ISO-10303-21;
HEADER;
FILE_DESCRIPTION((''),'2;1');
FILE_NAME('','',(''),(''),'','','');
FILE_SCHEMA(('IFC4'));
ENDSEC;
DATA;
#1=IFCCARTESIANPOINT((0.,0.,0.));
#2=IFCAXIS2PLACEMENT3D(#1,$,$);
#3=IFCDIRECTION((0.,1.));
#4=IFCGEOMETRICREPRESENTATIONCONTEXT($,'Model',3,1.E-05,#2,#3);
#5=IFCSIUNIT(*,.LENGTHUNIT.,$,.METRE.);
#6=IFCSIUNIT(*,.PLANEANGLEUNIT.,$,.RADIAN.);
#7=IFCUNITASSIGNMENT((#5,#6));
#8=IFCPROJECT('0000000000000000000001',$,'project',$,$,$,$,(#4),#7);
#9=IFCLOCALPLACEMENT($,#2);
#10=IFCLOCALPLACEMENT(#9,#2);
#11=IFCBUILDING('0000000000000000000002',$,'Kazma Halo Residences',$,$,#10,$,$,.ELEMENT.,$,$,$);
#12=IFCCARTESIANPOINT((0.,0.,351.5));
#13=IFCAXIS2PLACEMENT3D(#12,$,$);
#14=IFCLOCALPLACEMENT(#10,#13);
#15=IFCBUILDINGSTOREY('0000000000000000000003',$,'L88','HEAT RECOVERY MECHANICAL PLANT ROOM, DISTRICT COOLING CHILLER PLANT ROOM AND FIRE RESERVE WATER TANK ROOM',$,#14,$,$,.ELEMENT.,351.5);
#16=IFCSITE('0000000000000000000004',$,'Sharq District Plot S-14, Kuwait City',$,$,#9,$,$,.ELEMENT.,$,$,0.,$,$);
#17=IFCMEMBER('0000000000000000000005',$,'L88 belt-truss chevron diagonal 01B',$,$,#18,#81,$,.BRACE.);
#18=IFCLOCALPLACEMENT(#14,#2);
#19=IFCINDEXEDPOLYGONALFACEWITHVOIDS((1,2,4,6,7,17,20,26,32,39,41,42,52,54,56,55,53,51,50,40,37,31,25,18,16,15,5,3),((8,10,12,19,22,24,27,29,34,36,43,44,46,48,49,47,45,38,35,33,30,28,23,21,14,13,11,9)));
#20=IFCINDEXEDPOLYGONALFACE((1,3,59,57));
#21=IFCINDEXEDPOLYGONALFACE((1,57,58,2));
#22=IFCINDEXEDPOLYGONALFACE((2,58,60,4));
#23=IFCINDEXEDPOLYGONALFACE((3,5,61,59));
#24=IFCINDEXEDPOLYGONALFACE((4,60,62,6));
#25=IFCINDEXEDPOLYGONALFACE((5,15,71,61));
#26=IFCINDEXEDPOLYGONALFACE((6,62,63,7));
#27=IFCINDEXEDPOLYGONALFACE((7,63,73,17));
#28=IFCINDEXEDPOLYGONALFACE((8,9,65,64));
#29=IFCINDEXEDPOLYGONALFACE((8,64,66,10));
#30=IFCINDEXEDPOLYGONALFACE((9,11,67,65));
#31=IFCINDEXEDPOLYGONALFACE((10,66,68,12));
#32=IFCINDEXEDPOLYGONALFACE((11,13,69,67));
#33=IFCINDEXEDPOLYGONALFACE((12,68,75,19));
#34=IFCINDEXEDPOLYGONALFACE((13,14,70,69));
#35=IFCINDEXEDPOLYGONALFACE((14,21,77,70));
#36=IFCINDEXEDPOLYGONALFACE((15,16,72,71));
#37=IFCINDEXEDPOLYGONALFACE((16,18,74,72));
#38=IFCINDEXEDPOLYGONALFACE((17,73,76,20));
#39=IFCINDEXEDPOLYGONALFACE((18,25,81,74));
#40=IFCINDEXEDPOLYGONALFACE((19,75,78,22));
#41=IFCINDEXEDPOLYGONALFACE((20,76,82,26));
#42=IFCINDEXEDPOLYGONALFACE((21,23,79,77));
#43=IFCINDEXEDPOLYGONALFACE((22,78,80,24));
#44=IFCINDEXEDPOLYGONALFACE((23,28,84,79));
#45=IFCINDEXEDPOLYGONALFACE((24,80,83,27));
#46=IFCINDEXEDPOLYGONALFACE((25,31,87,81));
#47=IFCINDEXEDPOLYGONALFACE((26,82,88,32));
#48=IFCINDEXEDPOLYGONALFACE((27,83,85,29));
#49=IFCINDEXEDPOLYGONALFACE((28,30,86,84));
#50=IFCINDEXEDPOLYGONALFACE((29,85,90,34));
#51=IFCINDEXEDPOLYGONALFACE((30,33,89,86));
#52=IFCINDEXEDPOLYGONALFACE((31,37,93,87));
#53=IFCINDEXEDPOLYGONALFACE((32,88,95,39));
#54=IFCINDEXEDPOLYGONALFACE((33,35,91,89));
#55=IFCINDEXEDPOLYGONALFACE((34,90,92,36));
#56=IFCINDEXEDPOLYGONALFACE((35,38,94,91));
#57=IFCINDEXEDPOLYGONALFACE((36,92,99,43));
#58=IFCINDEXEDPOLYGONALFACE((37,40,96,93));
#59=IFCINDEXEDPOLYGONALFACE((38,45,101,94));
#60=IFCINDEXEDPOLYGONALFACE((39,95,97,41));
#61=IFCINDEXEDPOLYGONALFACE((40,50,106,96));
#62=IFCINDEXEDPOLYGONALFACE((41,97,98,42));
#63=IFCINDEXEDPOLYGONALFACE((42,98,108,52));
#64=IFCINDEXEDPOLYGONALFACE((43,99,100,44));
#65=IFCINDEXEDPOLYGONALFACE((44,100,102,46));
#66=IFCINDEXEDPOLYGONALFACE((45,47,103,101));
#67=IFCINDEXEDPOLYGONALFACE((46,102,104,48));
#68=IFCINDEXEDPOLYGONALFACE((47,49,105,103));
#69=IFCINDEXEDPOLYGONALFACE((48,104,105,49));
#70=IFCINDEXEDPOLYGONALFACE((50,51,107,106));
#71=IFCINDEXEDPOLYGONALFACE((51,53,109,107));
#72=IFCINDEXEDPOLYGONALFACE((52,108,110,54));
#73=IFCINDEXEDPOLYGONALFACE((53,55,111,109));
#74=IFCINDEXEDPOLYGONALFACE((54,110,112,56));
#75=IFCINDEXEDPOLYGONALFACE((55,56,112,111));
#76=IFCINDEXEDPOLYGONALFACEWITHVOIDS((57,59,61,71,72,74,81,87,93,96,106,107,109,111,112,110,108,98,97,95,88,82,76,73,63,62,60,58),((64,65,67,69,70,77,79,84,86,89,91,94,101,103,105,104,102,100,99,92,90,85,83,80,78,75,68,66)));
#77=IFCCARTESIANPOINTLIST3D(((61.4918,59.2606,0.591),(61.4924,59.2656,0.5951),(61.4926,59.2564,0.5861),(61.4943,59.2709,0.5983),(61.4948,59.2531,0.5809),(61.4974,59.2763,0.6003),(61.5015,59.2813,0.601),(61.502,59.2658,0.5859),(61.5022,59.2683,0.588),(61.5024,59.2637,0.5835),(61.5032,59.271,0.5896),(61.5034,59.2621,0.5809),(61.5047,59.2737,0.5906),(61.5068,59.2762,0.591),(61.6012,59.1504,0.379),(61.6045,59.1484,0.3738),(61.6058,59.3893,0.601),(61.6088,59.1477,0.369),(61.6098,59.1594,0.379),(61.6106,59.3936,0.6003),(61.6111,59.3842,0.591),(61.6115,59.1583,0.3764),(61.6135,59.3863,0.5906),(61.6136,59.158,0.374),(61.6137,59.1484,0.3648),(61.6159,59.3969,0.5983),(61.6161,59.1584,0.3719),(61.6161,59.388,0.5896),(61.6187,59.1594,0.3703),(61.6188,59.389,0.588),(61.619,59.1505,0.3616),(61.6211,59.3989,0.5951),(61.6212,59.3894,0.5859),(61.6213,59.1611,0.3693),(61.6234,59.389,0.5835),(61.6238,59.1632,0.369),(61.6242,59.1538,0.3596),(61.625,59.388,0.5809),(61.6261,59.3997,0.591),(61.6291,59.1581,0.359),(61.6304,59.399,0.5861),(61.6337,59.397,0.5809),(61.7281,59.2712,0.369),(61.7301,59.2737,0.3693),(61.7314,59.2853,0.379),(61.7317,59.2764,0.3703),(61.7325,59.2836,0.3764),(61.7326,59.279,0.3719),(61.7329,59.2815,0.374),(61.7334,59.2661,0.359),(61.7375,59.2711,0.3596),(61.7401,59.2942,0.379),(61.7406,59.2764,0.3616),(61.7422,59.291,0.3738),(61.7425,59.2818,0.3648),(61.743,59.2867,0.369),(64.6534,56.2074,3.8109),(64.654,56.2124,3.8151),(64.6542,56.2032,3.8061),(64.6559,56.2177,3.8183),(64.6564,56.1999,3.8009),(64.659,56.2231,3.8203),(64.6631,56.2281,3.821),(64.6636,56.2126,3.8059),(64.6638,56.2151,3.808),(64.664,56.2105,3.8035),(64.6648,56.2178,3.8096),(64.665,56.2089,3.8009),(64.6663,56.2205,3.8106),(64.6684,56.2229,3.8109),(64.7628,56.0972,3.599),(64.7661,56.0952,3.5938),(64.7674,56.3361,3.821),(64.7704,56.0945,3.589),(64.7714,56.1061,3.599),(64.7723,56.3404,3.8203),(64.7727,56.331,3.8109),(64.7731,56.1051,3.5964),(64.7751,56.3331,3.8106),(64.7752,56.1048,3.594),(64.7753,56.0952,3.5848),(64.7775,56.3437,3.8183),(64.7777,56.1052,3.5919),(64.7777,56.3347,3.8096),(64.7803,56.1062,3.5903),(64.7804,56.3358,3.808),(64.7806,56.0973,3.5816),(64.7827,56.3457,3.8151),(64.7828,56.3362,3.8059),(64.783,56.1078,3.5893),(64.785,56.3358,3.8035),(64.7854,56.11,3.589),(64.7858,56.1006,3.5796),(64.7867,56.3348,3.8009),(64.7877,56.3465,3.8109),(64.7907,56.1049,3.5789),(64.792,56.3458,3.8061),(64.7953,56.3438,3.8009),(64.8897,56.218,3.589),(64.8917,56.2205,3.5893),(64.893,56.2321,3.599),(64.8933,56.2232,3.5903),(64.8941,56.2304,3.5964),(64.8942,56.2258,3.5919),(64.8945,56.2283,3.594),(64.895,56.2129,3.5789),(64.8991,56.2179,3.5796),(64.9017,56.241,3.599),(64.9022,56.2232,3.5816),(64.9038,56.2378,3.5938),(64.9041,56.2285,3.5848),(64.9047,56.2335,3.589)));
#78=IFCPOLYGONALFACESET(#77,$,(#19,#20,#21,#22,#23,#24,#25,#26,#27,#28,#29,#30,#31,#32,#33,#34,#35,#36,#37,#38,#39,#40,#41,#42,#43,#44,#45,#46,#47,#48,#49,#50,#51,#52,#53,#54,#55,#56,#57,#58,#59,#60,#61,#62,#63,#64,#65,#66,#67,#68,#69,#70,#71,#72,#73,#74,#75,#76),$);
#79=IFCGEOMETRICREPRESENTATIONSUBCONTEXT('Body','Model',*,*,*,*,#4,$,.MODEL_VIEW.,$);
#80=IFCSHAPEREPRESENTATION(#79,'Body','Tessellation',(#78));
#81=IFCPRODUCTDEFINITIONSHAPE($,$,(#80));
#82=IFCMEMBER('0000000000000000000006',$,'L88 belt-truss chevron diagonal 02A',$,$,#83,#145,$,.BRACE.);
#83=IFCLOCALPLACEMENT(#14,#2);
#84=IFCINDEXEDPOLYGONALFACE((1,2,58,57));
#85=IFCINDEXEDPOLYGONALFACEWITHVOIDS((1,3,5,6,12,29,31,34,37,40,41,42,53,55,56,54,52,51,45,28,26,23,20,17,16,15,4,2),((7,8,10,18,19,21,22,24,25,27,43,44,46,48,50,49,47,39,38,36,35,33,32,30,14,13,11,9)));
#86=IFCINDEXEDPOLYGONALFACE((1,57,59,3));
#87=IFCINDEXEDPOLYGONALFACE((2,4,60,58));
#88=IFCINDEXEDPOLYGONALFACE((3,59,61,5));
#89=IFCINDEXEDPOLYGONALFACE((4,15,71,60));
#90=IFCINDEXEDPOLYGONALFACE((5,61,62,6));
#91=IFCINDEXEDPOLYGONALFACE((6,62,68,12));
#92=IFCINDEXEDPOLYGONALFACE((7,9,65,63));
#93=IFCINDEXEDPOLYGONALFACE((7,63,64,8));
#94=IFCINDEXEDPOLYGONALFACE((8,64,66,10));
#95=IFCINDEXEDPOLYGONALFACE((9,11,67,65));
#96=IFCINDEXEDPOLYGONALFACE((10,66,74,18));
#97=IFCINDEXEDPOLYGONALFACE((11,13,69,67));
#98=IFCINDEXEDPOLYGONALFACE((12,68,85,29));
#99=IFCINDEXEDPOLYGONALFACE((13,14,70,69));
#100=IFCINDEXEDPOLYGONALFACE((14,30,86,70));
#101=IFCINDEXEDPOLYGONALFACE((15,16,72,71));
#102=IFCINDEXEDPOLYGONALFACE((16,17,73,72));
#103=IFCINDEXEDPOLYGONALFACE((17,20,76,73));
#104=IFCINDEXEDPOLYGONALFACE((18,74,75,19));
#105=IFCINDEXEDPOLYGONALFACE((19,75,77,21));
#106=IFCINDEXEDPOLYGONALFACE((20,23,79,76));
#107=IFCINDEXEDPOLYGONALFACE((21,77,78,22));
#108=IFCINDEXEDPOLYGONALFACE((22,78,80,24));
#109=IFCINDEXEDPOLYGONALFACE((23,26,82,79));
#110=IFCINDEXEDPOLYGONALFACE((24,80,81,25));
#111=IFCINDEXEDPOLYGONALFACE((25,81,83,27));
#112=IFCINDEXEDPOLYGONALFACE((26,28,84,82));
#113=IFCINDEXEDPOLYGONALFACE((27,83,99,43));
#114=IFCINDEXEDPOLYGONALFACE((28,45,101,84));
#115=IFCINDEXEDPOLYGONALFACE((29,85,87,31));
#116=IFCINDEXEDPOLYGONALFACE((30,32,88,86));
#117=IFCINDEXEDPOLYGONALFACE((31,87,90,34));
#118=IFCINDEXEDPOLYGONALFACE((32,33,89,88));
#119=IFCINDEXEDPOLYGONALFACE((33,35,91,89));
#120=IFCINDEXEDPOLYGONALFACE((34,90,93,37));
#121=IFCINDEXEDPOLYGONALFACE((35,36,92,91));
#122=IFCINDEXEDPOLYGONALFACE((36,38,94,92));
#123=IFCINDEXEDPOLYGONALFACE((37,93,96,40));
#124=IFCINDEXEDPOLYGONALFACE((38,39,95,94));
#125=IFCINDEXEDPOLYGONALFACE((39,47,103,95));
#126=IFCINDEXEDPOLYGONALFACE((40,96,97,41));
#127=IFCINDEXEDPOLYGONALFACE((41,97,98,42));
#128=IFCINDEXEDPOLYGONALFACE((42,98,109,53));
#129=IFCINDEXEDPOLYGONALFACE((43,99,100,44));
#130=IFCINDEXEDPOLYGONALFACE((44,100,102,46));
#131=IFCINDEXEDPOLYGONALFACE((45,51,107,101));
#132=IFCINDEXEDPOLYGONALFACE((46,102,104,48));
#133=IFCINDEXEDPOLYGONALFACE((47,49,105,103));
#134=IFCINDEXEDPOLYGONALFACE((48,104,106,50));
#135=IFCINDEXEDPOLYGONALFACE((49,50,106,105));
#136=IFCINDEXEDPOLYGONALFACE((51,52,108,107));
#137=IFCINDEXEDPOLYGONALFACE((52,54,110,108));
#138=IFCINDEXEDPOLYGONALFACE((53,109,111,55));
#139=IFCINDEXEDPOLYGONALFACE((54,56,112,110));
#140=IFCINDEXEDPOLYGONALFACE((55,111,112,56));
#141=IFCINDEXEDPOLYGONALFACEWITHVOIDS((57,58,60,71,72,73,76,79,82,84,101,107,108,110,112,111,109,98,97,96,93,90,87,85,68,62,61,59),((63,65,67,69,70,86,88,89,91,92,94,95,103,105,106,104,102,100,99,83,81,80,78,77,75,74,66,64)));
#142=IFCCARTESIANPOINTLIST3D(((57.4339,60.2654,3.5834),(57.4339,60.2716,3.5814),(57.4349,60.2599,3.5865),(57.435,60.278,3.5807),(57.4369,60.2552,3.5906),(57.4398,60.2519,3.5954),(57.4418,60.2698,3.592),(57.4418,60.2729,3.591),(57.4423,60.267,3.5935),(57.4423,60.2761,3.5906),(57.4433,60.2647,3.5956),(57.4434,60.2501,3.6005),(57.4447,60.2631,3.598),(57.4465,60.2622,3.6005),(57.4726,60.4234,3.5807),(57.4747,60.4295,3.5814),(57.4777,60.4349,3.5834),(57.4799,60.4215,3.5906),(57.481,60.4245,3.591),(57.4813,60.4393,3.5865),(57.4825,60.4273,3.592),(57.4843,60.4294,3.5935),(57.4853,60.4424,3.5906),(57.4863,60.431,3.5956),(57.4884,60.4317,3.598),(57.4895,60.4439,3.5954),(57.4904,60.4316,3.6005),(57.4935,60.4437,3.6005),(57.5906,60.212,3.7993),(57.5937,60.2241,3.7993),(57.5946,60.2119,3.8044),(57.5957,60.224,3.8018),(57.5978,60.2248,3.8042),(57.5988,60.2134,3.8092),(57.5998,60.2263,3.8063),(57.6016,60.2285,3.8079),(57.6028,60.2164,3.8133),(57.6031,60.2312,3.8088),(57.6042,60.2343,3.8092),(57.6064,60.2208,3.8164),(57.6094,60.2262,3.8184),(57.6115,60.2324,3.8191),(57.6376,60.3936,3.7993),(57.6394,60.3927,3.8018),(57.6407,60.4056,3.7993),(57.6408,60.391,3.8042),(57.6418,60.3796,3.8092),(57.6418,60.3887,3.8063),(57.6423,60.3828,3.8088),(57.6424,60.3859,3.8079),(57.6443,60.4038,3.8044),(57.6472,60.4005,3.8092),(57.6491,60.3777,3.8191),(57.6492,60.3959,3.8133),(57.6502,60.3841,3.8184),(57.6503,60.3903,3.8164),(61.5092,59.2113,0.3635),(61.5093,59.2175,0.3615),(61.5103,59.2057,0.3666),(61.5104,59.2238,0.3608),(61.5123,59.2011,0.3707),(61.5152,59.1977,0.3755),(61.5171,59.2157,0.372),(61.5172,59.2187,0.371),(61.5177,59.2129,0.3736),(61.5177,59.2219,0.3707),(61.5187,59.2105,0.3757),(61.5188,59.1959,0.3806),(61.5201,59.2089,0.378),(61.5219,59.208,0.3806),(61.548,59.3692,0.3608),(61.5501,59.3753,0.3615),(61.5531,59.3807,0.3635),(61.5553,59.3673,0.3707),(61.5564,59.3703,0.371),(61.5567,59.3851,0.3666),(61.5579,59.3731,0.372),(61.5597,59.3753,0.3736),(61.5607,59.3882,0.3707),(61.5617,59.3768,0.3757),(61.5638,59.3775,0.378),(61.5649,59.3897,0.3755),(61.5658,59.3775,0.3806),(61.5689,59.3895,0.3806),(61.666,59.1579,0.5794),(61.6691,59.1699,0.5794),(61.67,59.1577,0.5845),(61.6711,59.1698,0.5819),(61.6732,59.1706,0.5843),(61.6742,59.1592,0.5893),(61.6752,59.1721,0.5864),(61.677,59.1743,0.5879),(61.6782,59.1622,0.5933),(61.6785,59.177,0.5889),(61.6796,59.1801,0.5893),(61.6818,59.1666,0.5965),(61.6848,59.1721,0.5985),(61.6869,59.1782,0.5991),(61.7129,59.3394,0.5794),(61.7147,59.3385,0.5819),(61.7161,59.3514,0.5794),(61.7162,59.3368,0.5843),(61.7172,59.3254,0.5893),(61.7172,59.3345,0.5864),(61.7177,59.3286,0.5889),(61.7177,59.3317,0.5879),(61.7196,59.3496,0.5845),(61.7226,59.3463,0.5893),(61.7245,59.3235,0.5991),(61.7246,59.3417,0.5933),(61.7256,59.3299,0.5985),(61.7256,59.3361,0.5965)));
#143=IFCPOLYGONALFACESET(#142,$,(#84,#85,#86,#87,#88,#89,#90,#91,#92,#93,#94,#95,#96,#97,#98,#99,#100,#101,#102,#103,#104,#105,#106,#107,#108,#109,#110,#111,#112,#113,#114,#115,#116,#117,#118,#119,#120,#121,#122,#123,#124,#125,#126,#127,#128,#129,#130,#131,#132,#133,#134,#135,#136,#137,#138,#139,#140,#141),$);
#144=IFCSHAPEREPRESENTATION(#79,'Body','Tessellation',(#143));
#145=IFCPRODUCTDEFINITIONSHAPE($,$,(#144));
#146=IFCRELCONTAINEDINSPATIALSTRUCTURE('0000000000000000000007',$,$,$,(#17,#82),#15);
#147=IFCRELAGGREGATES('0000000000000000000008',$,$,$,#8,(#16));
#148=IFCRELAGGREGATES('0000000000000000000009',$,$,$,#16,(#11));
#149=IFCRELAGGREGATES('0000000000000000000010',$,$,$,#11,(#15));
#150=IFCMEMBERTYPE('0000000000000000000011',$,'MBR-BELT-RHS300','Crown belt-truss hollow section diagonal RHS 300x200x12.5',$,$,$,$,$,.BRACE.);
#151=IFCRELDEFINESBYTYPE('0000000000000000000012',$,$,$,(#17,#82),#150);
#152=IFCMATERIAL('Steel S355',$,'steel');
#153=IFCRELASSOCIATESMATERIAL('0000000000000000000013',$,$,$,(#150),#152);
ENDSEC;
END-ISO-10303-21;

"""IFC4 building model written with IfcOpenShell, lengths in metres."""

from ifc_helpers import new_model, si_unit, direction, frame, origin, origin_2d, place, context, subcontext, project, spatial, hollow_rectangle, extrude, material, material_profile, profile_set, type_object, element, save


model = new_model("IFC4")

# Units and contexts
model_context = context("Model", 3, precision=1e-05, world=origin(), true_north=direction((0.0, 1.0)))
body_context = subcontext(model_context, "Body", "Model", "MODEL_VIEW")
ifc_project = project(units=[si_unit("LENGTHUNIT", "METRE"), si_unit("PLANEANGLEUNIT", "RADIAN")], contexts=[model_context])

# Site, building, storey
site_placement = place(None, origin())
site = spatial("IfcSite", under=ifc_project, at=site_placement, Name="Sharq District Plot S-14, Kuwait City", CompositionType="ELEMENT", RefElevation=0.0)
building_placement = place(site_placement, origin())
building = spatial("IfcBuilding", under=site, at=building_placement, Name="Kazma Halo Residences", CompositionType="ELEMENT")
storey_placement = place(building_placement, frame((0.0, 0.0, 351.5)))
storey = spatial("IfcBuildingStorey", under=building, at=storey_placement, Name="L88", Description="HEAT RECOVERY MECHANICAL PLANT ROOM, DISTRICT COOLING CHILLER PLANT ROOM AND FIRE RESERVE WATER TANK ROOM", CompositionType="ELEMENT", Elevation=351.5)

# Shared definitions
ifc_material_1 = material(Name="Steel S355", Category="steel")

# Members
ifc_material_profile_1 = material_profile(ifc_material_1, hollow_rectangle(XDim=0.2, YDim=0.3, WallThickness=0.0125, InnerFilletRadius=0.0125, OuterFilletRadius=0.0249, at=origin_2d()), Name="RHS300x200x12.5")
ifc_profile_set_1 = profile_set([ifc_material_profile_1], Name="Steel S355")
member_type_1 = type_object("IfcMemberType", Name="MBR-BELT-RHS300", Description="Crown belt-truss hollow section diagonal RHS 300x200x12.5", PredefinedType="BRACE", material=ifc_profile_set_1)
for number, where, z_axis, x_axis, name in (
    (1, (61.6174, 59.2737, 0.48), (0.580273, -0.560378, 0.590982), (0.694668, 0.719331, 0.0), "L88 belt-truss chevron diagonal 01B"),
):
    element("IfcMember", number, at=place(storey_placement, frame(where, z_axis=z_axis, x_axis=x_axis)), inside=storey, type_object=member_type_1, Name=name, PredefinedType="BRACE", context=body_context, shape_type="SweptSolid", body=[
        extrude(hollow_rectangle(XDim=0.2, YDim=0.3, WallThickness=0.0125, InnerFilletRadius=0.0125, OuterFilletRadius=0.0249, at=origin_2d()), origin(), (0.0, 0.0, 1.0), 5.4485),
    ])
member_1_placement = place(storey_placement, frame((61.6174, 59.2737, 0.48), z_axis=(-0.768968, 0.19891, 0.607555), x_axis=(-0.250429, -0.968135, 0.0)))
element("IfcMember", 2, at=member_1_placement, inside=storey, type_object=member_type_1, Name="L88 belt-truss chevron diagonal 02A", PredefinedType="BRACE", context=body_context, shape_type="SweptSolid", body=[
    extrude(hollow_rectangle(XDim=0.2, YDim=0.3, WallThickness=0.0125, InnerFilletRadius=0.0125, OuterFilletRadius=0.0249, at=origin_2d()), origin(), (0.0, 0.0, 1.0), 5.2998),
])

save(model, "model.ifc")
